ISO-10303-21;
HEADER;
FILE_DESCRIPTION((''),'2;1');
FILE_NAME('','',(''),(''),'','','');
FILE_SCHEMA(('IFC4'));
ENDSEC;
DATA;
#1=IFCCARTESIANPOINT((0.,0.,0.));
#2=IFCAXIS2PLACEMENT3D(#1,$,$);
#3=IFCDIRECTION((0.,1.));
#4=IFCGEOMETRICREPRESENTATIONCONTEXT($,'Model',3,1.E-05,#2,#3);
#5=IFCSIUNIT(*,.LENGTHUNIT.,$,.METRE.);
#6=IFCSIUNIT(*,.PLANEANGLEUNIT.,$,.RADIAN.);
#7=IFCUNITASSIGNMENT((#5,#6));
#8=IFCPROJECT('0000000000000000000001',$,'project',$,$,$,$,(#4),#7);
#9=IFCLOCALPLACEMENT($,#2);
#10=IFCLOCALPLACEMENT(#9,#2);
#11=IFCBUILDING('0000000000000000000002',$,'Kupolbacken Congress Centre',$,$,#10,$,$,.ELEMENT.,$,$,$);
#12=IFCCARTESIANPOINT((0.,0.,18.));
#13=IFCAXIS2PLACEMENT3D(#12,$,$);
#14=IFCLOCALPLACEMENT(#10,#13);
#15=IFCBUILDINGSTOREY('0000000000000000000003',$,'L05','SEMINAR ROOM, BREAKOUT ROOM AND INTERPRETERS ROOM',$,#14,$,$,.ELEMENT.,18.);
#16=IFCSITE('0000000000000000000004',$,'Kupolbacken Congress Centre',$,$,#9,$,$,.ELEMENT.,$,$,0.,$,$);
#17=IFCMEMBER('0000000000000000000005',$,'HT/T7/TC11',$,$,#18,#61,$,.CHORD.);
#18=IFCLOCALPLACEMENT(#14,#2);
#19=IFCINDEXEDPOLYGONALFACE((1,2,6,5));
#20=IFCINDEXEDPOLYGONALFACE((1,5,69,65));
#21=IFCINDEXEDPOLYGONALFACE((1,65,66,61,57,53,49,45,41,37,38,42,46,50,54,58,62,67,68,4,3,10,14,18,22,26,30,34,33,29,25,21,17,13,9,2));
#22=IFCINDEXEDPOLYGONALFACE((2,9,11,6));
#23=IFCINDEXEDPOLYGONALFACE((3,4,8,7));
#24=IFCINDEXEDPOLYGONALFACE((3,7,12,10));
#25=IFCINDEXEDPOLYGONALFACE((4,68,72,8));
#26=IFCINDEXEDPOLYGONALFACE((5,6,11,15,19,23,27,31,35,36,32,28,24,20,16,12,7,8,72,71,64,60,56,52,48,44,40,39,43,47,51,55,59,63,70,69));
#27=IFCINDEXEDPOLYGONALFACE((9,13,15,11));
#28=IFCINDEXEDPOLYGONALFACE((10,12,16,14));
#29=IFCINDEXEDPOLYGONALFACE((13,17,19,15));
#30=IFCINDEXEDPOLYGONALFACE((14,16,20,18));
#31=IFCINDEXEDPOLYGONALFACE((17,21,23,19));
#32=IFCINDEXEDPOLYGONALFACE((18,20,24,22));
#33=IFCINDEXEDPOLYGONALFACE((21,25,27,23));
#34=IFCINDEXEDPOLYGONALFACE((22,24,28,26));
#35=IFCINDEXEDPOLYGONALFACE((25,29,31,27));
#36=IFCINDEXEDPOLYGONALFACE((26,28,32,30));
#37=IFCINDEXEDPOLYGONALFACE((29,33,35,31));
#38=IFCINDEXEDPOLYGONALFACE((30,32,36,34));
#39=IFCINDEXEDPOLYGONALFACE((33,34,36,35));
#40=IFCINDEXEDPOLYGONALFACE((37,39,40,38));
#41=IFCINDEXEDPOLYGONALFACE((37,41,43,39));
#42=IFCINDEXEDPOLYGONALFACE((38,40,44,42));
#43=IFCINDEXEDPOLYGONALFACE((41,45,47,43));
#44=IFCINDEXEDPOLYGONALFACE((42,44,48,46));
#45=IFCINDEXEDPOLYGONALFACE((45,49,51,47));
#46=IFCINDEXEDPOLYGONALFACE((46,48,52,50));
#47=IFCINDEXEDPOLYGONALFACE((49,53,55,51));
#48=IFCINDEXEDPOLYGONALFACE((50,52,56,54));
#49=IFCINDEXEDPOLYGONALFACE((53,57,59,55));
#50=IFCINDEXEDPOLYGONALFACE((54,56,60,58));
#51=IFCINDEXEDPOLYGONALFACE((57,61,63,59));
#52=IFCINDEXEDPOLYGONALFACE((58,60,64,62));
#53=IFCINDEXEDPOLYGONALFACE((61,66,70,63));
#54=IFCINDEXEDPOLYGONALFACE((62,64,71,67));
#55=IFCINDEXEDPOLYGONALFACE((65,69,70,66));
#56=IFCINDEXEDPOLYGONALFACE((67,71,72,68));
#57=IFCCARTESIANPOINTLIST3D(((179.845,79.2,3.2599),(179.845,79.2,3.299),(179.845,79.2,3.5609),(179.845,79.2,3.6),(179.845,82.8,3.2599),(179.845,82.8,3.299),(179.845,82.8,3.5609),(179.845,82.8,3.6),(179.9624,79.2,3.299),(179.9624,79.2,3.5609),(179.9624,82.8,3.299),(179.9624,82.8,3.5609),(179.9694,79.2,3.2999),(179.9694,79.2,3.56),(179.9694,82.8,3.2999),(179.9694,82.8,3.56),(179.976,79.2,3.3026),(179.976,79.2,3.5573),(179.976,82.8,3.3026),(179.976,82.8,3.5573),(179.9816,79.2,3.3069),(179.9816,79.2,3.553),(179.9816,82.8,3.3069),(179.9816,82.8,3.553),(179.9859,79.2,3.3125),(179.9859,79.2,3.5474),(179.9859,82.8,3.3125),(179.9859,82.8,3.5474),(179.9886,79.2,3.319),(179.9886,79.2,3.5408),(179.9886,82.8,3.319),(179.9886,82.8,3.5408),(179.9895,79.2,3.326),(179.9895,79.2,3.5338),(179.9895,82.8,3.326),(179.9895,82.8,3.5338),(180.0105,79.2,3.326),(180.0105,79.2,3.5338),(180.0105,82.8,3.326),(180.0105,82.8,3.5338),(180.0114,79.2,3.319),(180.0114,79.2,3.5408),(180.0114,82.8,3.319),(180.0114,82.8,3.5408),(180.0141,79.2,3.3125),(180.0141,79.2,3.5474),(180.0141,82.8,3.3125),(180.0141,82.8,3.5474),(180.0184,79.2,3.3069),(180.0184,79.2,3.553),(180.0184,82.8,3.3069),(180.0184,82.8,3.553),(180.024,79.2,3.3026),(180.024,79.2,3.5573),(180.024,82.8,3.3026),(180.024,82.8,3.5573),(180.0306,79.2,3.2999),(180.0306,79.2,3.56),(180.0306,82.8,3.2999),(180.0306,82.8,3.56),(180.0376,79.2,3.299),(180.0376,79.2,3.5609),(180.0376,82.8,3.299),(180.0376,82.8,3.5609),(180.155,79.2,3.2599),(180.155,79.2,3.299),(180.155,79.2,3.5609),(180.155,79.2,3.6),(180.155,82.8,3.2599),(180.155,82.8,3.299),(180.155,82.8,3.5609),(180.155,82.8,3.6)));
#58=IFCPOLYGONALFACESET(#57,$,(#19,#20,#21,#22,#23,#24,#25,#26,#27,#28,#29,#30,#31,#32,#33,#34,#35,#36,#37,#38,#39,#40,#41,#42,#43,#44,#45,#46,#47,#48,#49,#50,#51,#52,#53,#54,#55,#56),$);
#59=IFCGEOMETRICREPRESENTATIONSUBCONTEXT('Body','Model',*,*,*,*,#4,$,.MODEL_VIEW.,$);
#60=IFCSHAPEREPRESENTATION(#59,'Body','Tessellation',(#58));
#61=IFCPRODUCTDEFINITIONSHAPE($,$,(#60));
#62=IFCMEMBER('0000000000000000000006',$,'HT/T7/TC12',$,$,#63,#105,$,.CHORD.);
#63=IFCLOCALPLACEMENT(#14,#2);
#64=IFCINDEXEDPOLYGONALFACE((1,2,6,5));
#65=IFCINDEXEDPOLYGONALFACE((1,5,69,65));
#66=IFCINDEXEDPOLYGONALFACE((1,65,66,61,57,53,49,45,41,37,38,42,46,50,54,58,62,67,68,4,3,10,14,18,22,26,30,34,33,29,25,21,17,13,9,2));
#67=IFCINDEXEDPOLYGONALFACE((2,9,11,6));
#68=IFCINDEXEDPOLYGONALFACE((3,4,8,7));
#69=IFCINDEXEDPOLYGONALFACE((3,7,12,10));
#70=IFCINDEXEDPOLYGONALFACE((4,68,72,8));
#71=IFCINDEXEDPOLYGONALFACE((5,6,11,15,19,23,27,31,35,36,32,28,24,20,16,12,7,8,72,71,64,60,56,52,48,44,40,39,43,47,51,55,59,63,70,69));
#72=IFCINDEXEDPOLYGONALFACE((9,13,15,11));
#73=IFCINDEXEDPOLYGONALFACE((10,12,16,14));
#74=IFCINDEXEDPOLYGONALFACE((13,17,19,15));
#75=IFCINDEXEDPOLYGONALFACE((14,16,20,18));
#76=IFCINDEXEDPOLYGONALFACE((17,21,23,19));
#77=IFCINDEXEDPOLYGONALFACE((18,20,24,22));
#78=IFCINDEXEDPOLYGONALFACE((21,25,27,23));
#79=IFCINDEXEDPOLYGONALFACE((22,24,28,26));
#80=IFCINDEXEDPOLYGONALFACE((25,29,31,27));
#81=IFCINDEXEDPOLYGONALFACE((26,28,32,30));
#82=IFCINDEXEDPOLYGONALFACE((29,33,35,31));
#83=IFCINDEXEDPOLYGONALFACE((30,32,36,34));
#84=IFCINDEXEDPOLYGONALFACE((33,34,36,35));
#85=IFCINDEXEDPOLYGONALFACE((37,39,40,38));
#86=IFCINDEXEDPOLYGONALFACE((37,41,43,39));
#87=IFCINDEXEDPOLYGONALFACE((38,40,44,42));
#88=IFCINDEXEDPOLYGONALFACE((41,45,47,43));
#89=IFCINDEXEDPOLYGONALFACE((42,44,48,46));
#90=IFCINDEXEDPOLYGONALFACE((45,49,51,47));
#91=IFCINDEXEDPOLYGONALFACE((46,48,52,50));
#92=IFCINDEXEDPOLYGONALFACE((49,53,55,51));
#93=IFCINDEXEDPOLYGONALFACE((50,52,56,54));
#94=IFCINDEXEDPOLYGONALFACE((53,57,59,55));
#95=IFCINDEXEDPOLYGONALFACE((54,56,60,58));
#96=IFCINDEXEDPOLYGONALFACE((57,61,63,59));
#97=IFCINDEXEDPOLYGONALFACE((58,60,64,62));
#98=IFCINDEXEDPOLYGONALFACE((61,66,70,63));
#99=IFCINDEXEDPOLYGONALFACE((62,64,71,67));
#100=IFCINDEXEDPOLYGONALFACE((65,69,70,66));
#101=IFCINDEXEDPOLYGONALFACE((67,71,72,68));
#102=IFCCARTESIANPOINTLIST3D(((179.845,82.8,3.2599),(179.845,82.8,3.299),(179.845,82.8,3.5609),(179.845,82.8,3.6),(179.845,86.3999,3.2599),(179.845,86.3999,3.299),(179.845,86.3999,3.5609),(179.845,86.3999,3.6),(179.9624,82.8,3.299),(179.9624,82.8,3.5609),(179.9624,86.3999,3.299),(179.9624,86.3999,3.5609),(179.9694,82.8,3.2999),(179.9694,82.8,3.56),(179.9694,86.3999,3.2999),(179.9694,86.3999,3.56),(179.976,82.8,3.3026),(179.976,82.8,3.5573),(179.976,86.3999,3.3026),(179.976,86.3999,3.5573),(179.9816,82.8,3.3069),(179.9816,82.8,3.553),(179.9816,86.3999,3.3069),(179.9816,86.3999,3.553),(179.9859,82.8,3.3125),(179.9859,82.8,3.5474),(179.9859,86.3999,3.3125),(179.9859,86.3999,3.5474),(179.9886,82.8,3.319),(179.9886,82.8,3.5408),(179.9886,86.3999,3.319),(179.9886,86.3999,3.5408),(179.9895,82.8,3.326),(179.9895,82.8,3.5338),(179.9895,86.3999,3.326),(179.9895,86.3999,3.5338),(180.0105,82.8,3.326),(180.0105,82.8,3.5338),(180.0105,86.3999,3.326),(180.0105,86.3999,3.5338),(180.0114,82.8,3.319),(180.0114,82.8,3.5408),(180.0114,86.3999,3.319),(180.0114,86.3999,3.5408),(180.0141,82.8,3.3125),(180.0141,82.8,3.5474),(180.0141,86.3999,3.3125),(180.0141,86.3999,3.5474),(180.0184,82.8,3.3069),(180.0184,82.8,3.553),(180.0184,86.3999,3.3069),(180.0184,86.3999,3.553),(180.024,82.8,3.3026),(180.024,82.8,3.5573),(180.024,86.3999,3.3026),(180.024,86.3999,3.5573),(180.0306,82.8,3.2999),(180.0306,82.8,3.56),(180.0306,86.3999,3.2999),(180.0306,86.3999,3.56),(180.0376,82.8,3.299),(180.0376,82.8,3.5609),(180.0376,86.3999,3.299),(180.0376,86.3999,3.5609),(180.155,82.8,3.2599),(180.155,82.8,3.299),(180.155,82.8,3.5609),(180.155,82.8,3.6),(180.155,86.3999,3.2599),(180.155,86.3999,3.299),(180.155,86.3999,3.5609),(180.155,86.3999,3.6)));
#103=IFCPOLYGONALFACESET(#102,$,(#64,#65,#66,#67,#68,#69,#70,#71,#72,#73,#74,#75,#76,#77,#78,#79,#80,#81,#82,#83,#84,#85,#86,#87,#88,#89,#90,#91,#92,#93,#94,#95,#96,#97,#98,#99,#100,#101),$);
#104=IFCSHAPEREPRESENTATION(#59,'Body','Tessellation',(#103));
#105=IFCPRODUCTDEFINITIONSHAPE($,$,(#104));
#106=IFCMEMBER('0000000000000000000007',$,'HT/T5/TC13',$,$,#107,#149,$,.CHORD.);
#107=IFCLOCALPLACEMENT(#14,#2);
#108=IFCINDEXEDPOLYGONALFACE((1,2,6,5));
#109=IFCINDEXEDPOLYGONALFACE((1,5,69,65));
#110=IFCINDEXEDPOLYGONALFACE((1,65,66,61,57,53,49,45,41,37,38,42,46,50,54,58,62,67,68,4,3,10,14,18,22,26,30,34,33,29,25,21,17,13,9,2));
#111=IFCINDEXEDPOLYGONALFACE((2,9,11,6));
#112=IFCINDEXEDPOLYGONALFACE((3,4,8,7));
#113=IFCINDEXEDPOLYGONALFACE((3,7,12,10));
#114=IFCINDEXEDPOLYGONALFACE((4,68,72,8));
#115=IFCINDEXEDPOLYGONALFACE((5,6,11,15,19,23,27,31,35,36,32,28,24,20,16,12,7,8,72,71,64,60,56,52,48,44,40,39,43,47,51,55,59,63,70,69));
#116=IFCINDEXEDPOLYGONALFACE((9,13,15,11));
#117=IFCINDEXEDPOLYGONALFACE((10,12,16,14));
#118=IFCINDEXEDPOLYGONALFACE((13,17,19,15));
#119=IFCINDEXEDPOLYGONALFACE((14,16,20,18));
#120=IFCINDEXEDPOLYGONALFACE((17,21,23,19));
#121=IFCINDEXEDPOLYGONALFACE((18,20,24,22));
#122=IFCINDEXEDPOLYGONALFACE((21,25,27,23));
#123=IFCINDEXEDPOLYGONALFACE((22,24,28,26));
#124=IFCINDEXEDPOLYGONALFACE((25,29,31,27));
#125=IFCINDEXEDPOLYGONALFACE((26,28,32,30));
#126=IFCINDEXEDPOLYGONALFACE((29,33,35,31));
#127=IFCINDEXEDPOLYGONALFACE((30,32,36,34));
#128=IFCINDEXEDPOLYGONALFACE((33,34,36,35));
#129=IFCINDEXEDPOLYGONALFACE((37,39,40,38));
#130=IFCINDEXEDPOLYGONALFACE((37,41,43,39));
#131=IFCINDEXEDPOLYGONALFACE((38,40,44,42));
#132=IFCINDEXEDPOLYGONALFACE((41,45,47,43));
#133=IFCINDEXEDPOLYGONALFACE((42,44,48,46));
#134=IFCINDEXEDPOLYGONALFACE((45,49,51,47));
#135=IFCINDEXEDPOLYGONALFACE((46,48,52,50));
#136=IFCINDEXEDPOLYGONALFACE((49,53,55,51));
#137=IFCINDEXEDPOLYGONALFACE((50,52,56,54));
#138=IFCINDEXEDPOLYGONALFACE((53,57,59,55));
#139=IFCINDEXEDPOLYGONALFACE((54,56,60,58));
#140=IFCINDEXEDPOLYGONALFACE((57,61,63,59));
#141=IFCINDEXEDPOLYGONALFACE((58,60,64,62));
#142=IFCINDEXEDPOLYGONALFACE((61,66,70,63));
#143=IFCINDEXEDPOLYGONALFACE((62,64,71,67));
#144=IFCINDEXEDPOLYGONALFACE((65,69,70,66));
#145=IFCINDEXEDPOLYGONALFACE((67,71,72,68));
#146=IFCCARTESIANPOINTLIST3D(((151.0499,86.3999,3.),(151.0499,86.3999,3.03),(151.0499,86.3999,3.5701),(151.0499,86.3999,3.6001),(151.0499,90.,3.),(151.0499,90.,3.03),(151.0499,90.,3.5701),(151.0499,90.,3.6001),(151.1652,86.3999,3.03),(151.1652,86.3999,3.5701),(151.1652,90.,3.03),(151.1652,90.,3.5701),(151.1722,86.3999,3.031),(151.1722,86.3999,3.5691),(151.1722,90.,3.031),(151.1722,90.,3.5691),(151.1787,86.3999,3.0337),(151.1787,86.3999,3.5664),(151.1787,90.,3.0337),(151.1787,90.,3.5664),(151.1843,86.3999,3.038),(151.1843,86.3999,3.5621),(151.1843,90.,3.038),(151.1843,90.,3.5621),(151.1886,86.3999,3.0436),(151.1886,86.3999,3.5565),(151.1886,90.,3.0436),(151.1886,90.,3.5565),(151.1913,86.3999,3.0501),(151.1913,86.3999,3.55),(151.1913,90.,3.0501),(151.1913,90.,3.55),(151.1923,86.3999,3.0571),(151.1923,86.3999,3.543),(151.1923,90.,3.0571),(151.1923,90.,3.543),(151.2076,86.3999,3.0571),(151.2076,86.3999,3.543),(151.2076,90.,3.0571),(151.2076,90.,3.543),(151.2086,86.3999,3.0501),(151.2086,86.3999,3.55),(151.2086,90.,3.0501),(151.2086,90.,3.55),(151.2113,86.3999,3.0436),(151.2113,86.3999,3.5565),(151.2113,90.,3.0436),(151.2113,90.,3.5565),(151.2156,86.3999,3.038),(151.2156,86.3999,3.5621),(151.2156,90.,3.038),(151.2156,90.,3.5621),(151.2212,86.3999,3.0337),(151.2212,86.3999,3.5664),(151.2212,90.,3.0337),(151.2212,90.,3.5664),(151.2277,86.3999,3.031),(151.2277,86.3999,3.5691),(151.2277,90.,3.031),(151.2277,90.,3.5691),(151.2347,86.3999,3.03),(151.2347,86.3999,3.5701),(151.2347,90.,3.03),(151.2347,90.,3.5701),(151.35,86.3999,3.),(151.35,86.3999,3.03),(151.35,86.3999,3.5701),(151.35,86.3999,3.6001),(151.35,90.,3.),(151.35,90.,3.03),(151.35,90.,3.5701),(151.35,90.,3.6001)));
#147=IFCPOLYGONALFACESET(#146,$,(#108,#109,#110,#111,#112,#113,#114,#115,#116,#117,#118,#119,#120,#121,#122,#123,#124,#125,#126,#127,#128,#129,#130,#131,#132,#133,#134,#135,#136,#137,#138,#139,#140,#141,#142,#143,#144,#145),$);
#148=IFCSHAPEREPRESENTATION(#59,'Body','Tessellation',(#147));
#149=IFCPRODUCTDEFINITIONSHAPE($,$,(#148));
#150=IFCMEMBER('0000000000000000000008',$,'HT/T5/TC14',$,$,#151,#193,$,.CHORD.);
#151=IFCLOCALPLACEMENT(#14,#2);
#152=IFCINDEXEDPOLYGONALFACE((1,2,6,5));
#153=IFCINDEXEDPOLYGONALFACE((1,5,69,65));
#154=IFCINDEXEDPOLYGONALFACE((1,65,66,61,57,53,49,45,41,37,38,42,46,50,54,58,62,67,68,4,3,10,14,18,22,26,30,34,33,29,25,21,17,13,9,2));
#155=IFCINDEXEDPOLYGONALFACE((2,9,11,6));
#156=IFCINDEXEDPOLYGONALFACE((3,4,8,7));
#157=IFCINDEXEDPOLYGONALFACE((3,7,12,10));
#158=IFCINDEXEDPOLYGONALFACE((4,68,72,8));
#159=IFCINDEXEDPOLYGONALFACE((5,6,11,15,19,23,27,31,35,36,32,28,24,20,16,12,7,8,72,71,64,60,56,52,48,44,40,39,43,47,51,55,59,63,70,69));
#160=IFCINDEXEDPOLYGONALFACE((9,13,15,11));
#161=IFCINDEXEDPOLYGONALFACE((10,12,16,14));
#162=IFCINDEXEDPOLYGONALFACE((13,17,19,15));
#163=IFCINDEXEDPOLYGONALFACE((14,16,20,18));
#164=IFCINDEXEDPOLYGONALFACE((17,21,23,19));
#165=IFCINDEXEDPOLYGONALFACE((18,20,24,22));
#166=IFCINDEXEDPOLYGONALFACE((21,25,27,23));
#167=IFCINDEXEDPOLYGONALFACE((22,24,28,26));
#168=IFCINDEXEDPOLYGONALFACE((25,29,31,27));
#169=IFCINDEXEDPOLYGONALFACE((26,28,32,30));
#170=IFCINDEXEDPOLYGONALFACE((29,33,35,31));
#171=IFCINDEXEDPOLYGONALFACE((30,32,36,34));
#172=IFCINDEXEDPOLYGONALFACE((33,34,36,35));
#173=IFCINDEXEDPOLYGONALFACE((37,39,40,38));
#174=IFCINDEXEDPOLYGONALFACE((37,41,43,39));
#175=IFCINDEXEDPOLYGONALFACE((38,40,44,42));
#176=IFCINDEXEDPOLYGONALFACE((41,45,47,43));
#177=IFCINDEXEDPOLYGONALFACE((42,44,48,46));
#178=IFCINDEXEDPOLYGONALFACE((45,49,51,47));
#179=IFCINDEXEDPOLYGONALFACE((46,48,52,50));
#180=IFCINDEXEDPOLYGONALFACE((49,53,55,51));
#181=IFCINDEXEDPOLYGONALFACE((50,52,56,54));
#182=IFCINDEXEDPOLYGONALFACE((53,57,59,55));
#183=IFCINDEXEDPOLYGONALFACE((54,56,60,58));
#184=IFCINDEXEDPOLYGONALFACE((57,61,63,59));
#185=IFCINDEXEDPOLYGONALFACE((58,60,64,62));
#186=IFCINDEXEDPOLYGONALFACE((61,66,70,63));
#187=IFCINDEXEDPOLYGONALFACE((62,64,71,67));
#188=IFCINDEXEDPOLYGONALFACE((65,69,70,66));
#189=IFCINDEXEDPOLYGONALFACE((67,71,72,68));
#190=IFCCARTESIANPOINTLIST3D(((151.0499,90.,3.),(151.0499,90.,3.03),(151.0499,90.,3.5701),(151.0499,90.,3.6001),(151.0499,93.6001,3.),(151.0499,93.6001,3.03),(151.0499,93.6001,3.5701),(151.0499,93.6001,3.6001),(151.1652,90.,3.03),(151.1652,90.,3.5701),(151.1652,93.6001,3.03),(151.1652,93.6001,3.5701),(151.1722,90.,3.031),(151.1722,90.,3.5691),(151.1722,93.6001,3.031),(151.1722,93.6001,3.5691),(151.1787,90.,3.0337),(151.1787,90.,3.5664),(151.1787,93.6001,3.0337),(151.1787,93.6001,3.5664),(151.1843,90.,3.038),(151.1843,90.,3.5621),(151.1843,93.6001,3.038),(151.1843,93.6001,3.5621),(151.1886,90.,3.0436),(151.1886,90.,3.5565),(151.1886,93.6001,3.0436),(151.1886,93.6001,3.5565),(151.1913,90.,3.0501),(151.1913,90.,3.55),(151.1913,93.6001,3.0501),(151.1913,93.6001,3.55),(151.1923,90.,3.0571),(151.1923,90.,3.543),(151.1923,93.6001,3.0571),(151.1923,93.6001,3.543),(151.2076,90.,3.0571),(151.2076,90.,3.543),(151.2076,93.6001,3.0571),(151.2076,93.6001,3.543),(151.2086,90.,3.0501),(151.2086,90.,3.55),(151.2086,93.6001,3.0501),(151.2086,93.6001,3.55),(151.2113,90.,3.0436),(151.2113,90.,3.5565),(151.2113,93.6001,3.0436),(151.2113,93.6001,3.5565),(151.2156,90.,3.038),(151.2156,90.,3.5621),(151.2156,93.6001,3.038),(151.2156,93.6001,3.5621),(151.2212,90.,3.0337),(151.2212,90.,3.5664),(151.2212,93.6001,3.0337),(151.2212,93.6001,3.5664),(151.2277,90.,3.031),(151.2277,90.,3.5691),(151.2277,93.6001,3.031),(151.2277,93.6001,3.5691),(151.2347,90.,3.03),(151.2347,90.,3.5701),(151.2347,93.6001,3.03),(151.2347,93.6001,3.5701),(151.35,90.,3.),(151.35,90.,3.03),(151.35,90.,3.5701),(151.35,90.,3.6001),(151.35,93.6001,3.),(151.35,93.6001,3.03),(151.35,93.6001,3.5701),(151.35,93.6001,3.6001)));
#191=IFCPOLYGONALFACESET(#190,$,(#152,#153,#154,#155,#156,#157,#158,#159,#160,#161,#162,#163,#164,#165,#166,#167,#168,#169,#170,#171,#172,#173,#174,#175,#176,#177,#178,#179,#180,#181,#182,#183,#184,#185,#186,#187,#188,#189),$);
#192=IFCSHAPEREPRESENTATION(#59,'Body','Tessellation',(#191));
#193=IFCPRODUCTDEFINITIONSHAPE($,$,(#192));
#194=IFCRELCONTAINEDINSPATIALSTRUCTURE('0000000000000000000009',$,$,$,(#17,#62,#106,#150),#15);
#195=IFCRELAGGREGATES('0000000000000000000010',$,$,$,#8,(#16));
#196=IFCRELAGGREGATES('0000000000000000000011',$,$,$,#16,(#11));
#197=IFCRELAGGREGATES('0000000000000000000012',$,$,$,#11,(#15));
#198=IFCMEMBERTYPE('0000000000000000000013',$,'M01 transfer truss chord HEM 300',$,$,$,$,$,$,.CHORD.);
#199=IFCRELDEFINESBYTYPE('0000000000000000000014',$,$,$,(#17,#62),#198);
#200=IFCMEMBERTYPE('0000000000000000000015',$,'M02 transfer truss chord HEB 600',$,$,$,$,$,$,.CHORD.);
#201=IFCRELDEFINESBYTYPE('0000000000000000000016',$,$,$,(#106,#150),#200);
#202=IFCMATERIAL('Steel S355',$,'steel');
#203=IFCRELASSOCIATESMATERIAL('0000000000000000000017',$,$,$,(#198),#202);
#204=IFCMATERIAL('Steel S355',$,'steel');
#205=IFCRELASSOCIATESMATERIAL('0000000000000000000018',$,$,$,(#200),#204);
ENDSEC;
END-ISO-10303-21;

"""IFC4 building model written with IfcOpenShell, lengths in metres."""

from ifc_helpers import new_model, si_unit, direction, frame, origin, origin_2d, place, context, subcontext, project, spatial, i_section, extrude, material, material_profile, profile_set, type_object, element, save


model = new_model("IFC4")

# Units and contexts
model_context = context("Model", 3, precision=1e-05, world=origin(), true_north=direction((0.0, 1.0)))
body_context = subcontext(model_context, "Body", "Model", "MODEL_VIEW")
ifc_project = project(units=[si_unit("LENGTHUNIT", "METRE"), si_unit("PLANEANGLEUNIT", "RADIAN")], contexts=[model_context])

# Site, building, storey
site_placement = place(None, origin())
site = spatial("IfcSite", under=ifc_project, at=site_placement, Name="Kupolbacken Congress Centre", CompositionType="ELEMENT", RefElevation=0.0)
building_placement = place(site_placement, origin())
building = spatial("IfcBuilding", under=site, at=building_placement, Name="Kupolbacken Congress Centre", CompositionType="ELEMENT")
storey_placement = place(building_placement, frame((0.0, 0.0, 18.0)))
storey = spatial("IfcBuildingStorey", under=building, at=storey_placement, Name="L05", Description="SEMINAR ROOM, BREAKOUT ROOM AND INTERPRETERS ROOM", CompositionType="ELEMENT", Elevation=18.0)

# Members
ifc_material_1 = material(Name="Steel S355", Category="steel")
ifc_material_profile_1 = material_profile(ifc_material_1, i_section(OverallWidth=0.3101, OverallDepth=0.3401, WebThickness=0.021, FlangeThickness=0.0391, FilletRadius=0.0271, at=origin_2d()), Name="HEM 300")
ifc_profile_set_1 = profile_set([ifc_material_profile_1], Name="Steel S355")
member_type_1 = type_object("IfcMemberType", Name="M01 transfer truss chord HEM 300", PredefinedType="CHORD", material=ifc_profile_set_1)
member_1_placement = place(storey_placement, frame((180.0, 79.2, 3.4299), z_axis=(0.0, 1.0, 0.0), x_axis=(-1.0, 0.0, 0.0)))
element("IfcMember", 1, at=member_1_placement, inside=storey, type_object=member_type_1, Name="HT/T7/TC11", PredefinedType="CHORD", context=body_context, shape_type="SweptSolid", body=[
    extrude(i_section(OverallWidth=0.3101, OverallDepth=0.3401, WebThickness=0.021, FlangeThickness=0.0391, FilletRadius=0.0271, at=origin_2d()), origin(), (0.0, 0.0, 1.0), 3.6001),
])
member_2_placement = place(storey_placement, frame((180.0, 82.8, 3.4299), z_axis=(0.0, 1.0, 0.0), x_axis=(-1.0, 0.0, 0.0)))
element("IfcMember", 2, at=member_2_placement, inside=storey, type_object=member_type_1, Name="HT/T7/TC12", PredefinedType="CHORD", context=body_context, shape_type="SweptSolid", body=[
    extrude(i_section(OverallWidth=0.3101, OverallDepth=0.3401, WebThickness=0.021, FlangeThickness=0.0391, FilletRadius=0.0271, at=origin_2d()), origin(), (0.0, 0.0, 1.0), 3.5999),
])
ifc_material_2 = material(Name="Steel S355", Category="steel")
ifc_material_profile_2 = material_profile(ifc_material_2, i_section(OverallWidth=0.3, OverallDepth=0.6001, WebThickness=0.0154, FlangeThickness=0.03, FilletRadius=0.0271, at=origin_2d()), Name="HEB 600")
ifc_profile_set_2 = profile_set([ifc_material_profile_2], Name="Steel S355")
member_type_2 = type_object("IfcMemberType", Name="M02 transfer truss chord HEB 600", PredefinedType="CHORD", material=ifc_profile_set_2)
for number, where, z_axis, x_axis, name in (
    (3, (151.2, 86.3999, 3.3), (0.0, 1.0, 0.0), (-1.0, 0.0, 0.0), "HT/T5/TC13"),
    (4, (151.2, 90.0, 3.3), (0.0, 1.0, 0.0), (-1.0, 0.0, 0.0), "HT/T5/TC14"),
):
    element("IfcMember", number, at=place(storey_placement, frame(where, z_axis=z_axis, x_axis=x_axis)), inside=storey, type_object=member_type_2, Name=name, PredefinedType="CHORD", context=body_context, shape_type="SweptSolid", body=[
        extrude(i_section(OverallWidth=0.3, OverallDepth=0.6001, WebThickness=0.0154, FlangeThickness=0.03, FilletRadius=0.0271, at=origin_2d()), origin(), (0.0, 0.0, 1.0), 3.6001),
    ])

save(model, "model.ifc")
